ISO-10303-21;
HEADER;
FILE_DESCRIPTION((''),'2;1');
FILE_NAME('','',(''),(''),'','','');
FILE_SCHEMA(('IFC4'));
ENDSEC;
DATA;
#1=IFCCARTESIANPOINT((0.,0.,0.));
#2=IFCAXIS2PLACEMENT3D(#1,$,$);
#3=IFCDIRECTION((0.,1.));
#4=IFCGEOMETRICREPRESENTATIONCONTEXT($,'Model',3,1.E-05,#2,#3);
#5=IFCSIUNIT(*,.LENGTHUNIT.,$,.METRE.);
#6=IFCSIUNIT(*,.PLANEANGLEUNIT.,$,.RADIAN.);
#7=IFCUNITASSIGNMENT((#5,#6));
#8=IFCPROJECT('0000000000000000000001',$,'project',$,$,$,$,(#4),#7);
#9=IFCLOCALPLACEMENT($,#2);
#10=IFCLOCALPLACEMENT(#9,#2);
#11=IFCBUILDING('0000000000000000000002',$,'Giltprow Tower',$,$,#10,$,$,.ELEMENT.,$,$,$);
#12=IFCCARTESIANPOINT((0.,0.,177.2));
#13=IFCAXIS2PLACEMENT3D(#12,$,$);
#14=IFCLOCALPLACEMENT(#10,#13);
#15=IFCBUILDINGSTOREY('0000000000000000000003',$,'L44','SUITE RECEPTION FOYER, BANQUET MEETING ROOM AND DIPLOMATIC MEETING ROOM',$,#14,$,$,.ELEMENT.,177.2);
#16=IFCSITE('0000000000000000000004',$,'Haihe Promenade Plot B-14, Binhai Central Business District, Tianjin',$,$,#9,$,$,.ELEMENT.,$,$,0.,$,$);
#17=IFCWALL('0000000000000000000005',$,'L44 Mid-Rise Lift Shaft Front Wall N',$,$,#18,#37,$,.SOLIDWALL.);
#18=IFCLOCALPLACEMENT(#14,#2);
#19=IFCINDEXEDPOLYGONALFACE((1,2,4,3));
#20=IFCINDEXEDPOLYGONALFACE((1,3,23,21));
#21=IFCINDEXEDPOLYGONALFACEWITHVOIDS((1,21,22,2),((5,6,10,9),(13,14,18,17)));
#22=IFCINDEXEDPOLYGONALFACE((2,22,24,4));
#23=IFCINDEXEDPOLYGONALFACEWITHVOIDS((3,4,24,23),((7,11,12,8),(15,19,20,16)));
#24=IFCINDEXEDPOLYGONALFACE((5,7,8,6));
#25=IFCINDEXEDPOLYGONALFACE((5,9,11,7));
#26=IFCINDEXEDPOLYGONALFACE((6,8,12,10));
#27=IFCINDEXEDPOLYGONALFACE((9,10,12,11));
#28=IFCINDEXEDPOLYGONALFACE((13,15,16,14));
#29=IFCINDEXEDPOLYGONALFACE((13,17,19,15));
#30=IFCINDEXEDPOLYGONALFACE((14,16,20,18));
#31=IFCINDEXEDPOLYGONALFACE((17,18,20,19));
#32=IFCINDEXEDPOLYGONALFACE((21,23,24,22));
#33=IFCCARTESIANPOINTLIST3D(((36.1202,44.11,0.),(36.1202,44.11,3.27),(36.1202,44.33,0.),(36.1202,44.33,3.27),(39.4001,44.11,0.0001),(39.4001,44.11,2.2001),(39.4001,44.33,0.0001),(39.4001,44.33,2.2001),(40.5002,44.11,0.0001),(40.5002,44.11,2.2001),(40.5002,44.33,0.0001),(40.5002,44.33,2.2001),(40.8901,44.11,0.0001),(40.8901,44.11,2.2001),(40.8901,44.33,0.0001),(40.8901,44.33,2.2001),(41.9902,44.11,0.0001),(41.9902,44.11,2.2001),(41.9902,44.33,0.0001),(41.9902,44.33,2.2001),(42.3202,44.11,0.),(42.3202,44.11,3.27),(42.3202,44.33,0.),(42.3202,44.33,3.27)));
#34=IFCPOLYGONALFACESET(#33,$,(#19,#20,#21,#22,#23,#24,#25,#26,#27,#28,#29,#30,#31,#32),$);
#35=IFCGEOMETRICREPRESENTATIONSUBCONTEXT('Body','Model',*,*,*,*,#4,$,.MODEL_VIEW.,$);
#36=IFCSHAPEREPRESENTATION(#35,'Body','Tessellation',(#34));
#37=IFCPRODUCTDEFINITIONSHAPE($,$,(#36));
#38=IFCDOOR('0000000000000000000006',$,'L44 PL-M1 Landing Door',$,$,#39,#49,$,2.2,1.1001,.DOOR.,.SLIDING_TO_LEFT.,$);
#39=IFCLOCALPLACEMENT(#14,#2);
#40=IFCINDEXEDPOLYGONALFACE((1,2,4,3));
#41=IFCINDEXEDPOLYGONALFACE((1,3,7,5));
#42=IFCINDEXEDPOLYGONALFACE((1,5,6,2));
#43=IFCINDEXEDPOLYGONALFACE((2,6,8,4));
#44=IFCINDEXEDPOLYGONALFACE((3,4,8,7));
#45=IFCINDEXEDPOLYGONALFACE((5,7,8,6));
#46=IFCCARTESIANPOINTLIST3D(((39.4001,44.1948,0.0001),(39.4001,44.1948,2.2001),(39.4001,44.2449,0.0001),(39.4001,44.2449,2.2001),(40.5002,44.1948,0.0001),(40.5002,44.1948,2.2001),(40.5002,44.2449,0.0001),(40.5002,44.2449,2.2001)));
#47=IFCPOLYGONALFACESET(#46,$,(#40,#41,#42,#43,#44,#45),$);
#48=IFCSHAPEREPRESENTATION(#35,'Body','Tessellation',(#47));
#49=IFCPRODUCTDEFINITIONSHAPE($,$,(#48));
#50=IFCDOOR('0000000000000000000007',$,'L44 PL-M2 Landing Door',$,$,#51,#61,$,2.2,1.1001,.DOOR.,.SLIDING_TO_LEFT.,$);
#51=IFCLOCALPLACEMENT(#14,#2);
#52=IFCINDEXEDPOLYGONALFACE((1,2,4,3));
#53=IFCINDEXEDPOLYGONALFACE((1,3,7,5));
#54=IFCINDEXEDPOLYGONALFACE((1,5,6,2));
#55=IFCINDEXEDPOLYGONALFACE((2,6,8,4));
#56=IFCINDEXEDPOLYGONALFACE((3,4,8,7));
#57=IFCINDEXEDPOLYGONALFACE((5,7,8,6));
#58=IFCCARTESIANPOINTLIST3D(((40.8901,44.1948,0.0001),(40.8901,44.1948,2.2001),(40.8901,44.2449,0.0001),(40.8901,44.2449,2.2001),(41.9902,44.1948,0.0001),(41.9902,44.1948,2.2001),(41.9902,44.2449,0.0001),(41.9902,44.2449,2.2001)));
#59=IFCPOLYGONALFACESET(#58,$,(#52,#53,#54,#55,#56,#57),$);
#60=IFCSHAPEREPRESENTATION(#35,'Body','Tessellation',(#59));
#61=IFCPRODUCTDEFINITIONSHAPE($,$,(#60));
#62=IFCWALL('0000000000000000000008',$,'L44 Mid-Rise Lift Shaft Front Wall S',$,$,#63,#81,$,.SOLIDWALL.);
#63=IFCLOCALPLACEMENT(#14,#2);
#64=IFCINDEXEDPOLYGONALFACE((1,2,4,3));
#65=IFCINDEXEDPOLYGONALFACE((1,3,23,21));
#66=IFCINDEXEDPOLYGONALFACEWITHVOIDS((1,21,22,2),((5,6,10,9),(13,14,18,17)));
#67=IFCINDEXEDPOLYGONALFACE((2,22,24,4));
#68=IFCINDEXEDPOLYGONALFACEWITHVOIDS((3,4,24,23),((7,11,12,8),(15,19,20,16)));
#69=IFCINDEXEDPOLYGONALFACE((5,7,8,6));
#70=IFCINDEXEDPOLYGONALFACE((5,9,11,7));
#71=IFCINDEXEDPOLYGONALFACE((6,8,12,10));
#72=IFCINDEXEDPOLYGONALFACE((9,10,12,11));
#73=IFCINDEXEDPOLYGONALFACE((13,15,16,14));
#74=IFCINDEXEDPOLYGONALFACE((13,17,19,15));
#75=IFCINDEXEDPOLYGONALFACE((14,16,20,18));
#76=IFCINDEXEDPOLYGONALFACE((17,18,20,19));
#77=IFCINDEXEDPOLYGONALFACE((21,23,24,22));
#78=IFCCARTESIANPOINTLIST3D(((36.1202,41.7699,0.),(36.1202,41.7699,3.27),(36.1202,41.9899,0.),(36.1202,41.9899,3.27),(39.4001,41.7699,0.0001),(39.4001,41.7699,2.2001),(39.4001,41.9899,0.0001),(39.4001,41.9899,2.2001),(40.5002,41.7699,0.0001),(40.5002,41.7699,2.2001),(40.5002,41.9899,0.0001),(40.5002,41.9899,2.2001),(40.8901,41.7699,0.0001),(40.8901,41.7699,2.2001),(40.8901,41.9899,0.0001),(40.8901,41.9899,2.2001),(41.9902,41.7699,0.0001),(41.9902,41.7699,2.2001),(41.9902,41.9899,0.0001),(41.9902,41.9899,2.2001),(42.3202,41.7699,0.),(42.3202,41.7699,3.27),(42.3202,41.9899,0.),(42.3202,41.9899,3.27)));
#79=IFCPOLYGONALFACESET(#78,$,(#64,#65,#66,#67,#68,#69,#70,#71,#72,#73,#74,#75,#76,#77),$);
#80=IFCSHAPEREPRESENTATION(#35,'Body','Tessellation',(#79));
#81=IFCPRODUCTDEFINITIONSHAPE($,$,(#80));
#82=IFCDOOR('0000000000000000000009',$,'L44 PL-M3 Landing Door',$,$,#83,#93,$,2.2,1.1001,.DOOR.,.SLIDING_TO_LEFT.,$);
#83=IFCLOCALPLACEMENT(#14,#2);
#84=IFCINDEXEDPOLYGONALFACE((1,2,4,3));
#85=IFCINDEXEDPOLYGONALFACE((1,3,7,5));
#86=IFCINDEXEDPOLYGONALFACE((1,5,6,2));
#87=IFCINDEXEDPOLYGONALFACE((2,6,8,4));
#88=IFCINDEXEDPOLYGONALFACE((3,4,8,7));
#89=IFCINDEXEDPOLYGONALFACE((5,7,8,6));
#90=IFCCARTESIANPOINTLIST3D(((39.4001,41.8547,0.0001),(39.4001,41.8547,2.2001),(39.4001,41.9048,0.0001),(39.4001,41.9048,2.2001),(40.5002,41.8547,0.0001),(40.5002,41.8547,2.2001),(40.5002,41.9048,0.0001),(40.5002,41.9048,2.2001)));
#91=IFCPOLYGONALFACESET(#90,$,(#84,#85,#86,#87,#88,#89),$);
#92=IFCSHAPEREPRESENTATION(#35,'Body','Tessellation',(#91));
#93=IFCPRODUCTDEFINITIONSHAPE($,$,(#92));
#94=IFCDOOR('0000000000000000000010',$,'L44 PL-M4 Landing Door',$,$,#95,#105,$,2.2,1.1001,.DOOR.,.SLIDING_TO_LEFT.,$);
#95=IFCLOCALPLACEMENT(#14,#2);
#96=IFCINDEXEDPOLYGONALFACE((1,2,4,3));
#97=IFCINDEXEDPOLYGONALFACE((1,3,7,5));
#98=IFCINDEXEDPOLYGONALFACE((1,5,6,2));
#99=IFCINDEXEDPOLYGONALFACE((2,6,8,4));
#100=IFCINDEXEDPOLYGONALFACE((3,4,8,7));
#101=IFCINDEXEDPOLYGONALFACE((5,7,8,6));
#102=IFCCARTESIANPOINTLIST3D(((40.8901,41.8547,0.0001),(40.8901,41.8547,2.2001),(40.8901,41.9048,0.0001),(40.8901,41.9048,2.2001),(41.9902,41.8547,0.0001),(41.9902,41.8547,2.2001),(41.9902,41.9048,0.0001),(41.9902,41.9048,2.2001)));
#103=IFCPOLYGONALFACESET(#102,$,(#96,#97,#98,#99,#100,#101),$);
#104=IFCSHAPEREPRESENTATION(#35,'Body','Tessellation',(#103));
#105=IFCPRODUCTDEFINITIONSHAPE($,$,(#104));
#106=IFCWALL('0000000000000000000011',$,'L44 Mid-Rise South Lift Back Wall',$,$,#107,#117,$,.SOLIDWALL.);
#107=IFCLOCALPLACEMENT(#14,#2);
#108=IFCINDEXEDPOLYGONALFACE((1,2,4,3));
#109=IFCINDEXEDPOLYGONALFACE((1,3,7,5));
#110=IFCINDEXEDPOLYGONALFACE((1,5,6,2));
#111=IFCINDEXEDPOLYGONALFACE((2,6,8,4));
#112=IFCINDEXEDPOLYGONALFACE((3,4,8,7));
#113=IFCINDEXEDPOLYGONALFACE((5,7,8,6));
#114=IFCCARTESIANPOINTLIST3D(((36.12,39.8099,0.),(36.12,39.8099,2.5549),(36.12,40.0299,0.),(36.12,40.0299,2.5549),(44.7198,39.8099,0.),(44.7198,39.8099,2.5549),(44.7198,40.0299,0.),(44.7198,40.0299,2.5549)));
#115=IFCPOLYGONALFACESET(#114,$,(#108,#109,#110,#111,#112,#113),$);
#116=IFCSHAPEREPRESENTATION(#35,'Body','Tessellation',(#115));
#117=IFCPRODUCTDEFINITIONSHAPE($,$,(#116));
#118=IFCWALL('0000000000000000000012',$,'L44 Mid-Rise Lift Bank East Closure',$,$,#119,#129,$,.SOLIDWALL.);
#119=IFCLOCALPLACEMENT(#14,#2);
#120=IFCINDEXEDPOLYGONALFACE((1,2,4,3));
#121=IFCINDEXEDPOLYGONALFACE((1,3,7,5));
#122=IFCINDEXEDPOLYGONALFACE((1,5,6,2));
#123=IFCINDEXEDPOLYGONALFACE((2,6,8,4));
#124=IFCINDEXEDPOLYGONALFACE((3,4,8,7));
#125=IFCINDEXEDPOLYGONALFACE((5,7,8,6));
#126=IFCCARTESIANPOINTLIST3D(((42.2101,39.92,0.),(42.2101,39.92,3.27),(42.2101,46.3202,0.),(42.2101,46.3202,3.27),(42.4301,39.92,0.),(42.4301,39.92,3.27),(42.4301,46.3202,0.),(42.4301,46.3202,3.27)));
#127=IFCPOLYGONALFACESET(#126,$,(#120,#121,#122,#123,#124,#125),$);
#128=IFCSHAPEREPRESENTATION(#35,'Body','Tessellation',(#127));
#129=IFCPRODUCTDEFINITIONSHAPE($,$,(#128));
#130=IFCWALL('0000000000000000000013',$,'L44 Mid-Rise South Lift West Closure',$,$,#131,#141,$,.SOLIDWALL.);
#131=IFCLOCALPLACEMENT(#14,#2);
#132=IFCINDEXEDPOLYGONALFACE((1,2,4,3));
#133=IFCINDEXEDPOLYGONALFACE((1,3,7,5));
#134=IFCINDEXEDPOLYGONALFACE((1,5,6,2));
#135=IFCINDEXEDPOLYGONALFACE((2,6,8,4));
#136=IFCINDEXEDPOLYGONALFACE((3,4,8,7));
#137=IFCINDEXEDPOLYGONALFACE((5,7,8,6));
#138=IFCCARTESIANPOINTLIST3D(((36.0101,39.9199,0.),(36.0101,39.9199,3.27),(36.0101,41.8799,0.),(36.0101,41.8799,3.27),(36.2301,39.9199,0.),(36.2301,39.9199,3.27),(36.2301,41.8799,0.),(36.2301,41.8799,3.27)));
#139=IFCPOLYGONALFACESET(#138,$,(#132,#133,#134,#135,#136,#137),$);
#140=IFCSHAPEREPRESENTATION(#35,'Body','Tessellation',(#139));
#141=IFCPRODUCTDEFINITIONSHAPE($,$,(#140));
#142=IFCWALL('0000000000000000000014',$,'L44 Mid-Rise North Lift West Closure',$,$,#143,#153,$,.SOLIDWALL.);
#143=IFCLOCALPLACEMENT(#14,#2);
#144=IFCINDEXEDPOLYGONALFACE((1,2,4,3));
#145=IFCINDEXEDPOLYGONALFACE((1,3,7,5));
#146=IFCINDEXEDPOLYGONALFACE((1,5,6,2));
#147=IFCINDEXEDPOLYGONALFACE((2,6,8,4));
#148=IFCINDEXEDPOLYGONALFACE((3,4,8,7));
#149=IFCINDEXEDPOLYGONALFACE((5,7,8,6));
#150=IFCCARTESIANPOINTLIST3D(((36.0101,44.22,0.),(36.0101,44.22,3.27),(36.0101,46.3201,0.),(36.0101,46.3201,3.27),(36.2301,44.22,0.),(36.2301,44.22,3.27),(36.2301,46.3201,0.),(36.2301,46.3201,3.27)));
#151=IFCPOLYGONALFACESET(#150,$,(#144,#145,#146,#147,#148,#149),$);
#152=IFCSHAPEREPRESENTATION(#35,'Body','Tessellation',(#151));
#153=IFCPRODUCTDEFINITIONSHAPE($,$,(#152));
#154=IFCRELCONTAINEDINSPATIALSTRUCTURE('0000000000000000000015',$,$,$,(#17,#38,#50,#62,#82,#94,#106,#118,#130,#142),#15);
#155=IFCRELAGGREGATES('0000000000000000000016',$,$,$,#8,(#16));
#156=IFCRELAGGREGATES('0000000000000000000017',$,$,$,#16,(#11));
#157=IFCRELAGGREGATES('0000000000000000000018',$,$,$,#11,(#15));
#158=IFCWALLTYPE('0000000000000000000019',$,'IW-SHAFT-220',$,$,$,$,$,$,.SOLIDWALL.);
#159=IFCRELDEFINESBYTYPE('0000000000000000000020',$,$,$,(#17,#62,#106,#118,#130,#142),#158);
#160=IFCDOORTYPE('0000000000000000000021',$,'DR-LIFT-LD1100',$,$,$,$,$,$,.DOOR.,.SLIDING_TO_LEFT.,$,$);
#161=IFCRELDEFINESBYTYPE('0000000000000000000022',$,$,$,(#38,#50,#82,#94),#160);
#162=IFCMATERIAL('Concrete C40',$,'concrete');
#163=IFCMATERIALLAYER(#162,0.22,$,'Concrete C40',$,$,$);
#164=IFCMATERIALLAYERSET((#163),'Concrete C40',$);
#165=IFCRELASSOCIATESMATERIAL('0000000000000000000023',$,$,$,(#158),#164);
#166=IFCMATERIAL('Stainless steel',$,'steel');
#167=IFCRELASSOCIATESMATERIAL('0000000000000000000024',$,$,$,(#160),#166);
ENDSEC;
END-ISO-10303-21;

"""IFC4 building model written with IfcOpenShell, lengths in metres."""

from ifc_helpers import new_model, si_unit, direction, frame, frame_2d, origin, place, context, subcontext, project, spatial, rectangle, extrude, source, transform, mapped, material, layer, layer_set, type_object, element, fill, save


model = new_model("IFC4")

# Units and contexts
model_context = context("Model", 3, precision=1e-05, world=origin(), true_north=direction((0.0, 1.0)))
body_context = subcontext(model_context, "Body", "Model", "MODEL_VIEW")
ifc_project = project(units=[si_unit("LENGTHUNIT", "METRE"), si_unit("PLANEANGLEUNIT", "RADIAN")], contexts=[model_context])

# Site, building, storey
site_placement = place(None, origin())
site = spatial("IfcSite", under=ifc_project, at=site_placement, Name="Haihe Promenade Plot B-14, Binhai Central Business District, Tianjin", CompositionType="ELEMENT", RefElevation=0.0)
building_placement = place(site_placement, origin())
building = spatial("IfcBuilding", under=site, at=building_placement, Name="Giltprow Tower", CompositionType="ELEMENT")
storey_placement = place(building_placement, frame((0.0, 0.0, 177.2)))
storey = spatial("IfcBuildingStorey", under=building, at=storey_placement, Name="L44", Description="SUITE RECEPTION FOYER, BANQUET MEETING ROOM AND DIPLOMATIC MEETING ROOM", CompositionType="ELEMENT", Elevation=177.2)

# Shared definitions
ifc_material_1 = material(Name="Concrete C40", Category="concrete")
ifc_layer_1 = layer(ifc_material_1, 0.22, Name="Concrete C40")
ifc_layer_set_1 = layer_set([ifc_layer_1], Name="Concrete C40")
wall_type_1 = type_object("IfcWallType", Name="IW-SHAFT-220", PredefinedType="SOLIDWALL", material=ifc_layer_set_1)
ifc_material_2 = material(Name="Stainless steel", Category="steel")
door_type_1 = type_object("IfcDoorType", Name="DR-LIFT-LD1100", OperationType="SLIDING_TO_LEFT", PredefinedType="DOOR", material=ifc_material_2)
shared_shape_1 = source(origin(), body_context, "Body", "SweptSolid", [
    extrude(rectangle(XDim=1.1001, YDim=2.2, at=frame_2d((0.55, 1.1001))), frame((0.0, 0.0249, 0.0), z_axis=(0.0, -1.0, 0.0), x_axis=(1.0, 0.0, 0.0)), (0.0, 0.0, 1.0), 0.05),
])

# Walls, openings, doors
wall_1_placement = place(storey_placement, frame((36.1201, 44.22, 0.0), z_axis=(0.0, 0.0, 1.0), x_axis=(1.0, 0.0, 0.0)))
wall_1 = element("IfcWall", 1, at=wall_1_placement, inside=storey, type_object=wall_type_1, Name="L44 Mid-Rise Lift Shaft Front Wall N", PredefinedType="SOLIDWALL", context=body_context, shape_type="SweptSolid", body=[
    extrude(rectangle(XDim=6.2, YDim=0.22, at=frame_2d((3.1001, 0.0))), origin(), (0.0, 0.0, 1.0), 3.27),
])
opening_1_placement = place(wall_1_placement, frame((3.28, 0.0, 0.0)))
opening_1 = element("IfcOpeningElement", 2, at=opening_1_placement, cuts=wall_1, PredefinedType="OPENING", context=body_context, shape_type="SweptSolid", body=[
    extrude(rectangle(XDim=1.1001, YDim=2.2, at=frame_2d((0.55, 1.1001))), frame((0.0, 0.1199, 0.0), z_axis=(0.0, -1.0, 0.0), x_axis=(1.0, 0.0, 0.0)), (0.0, 0.0, 1.0), 0.24),
])
opening_2_placement = place(wall_1_placement, frame((4.77, 0.0, 0.0)))
opening_2 = element("IfcOpeningElement", 3, at=opening_2_placement, cuts=wall_1, PredefinedType="OPENING", context=body_context, shape_type="SweptSolid", body=[
    extrude(rectangle(XDim=1.1001, YDim=2.2, at=frame_2d((0.55, 1.1001))), frame((0.0, 0.1199, 0.0), z_axis=(0.0, -1.0, 0.0), x_axis=(1.0, 0.0, 0.0)), (0.0, 0.0, 1.0), 0.24),
])
door_1_placement = place(opening_1_placement, origin())
door_1 = element("IfcDoor", 4, at=door_1_placement, inside=storey, type_object=door_type_1, Name="L44 PL-M1 Landing Door", OperationType="SLIDING_TO_LEFT", OverallHeight=2.2, OverallWidth=1.1001, PredefinedType="DOOR", context=body_context, shape_type="MappedRepresentation", body=[
    mapped(shared_shape_1, transform((0.0, 0.0, 0.0), x_axis=(1.0, 0.0, 0.0), y_axis=(0.0, 1.0, 0.0), z_axis=(0.0, 0.0, 1.0), scale=1.0)),
])
fill(opening_1, door_1)
door_2_placement = place(opening_2_placement, origin())
door_2 = element("IfcDoor", 5, at=door_2_placement, inside=storey, type_object=door_type_1, Name="L44 PL-M2 Landing Door", OperationType="SLIDING_TO_LEFT", OverallHeight=2.2, OverallWidth=1.1001, PredefinedType="DOOR", context=body_context, shape_type="MappedRepresentation", body=[
    mapped(shared_shape_1, transform((0.0, 0.0, 0.0), x_axis=(1.0, 0.0, 0.0), y_axis=(0.0, 1.0, 0.0), z_axis=(0.0, 0.0, 1.0), scale=1.0)),
])
fill(opening_2, door_2)
wall_2_placement = place(storey_placement, frame((36.1201, 41.8799, 0.0), z_axis=(0.0, 0.0, 1.0), x_axis=(1.0, 0.0, 0.0)))
wall_2 = element("IfcWall", 6, at=wall_2_placement, inside=storey, type_object=wall_type_1, Name="L44 Mid-Rise Lift Shaft Front Wall S", PredefinedType="SOLIDWALL", context=body_context, shape_type="SweptSolid", body=[
    extrude(rectangle(XDim=6.2, YDim=0.22, at=frame_2d((3.1001, 0.0))), origin(), (0.0, 0.0, 1.0), 3.27),
])
opening_3_placement = place(wall_2_placement, frame((3.28, 0.0, 0.0)))
opening_3 = element("IfcOpeningElement", 7, at=opening_3_placement, cuts=wall_2, PredefinedType="OPENING", context=body_context, shape_type="SweptSolid", body=[
    extrude(rectangle(XDim=1.1001, YDim=2.2, at=frame_2d((0.55, 1.1001))), frame((0.0, 0.1199, 0.0), z_axis=(0.0, -1.0, 0.0), x_axis=(1.0, 0.0, 0.0)), (0.0, 0.0, 1.0), 0.24),
])
opening_4_placement = place(wall_2_placement, frame((4.77, 0.0, 0.0)))
opening_4 = element("IfcOpeningElement", 8, at=opening_4_placement, cuts=wall_2, PredefinedType="OPENING", context=body_context, shape_type="SweptSolid", body=[
    extrude(rectangle(XDim=1.1001, YDim=2.2, at=frame_2d((0.55, 1.1001))), frame((0.0, 0.1199, 0.0), z_axis=(0.0, -1.0, 0.0), x_axis=(1.0, 0.0, 0.0)), (0.0, 0.0, 1.0), 0.24),
])
door_3_placement = place(opening_3_placement, origin())
door_3 = element("IfcDoor", 9, at=door_3_placement, inside=storey, type_object=door_type_1, Name="L44 PL-M3 Landing Door", OperationType="SLIDING_TO_LEFT", OverallHeight=2.2, OverallWidth=1.1001, PredefinedType="DOOR", context=body_context, shape_type="MappedRepresentation", body=[
    mapped(shared_shape_1, transform((0.0, 0.0, 0.0), x_axis=(1.0, 0.0, 0.0), y_axis=(0.0, 1.0, 0.0), z_axis=(0.0, 0.0, 1.0), scale=1.0)),
])
fill(opening_3, door_3)
door_4_placement = place(opening_4_placement, origin())
door_4 = element("IfcDoor", 10, at=door_4_placement, inside=storey, type_object=door_type_1, Name="L44 PL-M4 Landing Door", OperationType="SLIDING_TO_LEFT", OverallHeight=2.2, OverallWidth=1.1001, PredefinedType="DOOR", context=body_context, shape_type="MappedRepresentation", body=[
    mapped(shared_shape_1, transform((0.0, 0.0, 0.0), x_axis=(1.0, 0.0, 0.0), y_axis=(0.0, 1.0, 0.0), z_axis=(0.0, 0.0, 1.0), scale=1.0)),
])
fill(opening_4, door_4)

# Walls
wall_3_placement = place(storey_placement, frame((36.1201, 39.9199, 0.0), z_axis=(0.0, 0.0, 1.0), x_axis=(1.0, 0.0, 0.0)))
element("IfcWall", 11, at=wall_3_placement, inside=storey, type_object=wall_type_1, Name="L44 Mid-Rise South Lift Back Wall", PredefinedType="SOLIDWALL", context=body_context, shape_type="SweptSolid", body=[
    extrude(rectangle(XDim=8.5999, YDim=0.22, at=frame_2d((4.2998, 0.0))), origin(), (0.0, 0.0, 1.0), 2.5549),
])
wall_4_placement = place(storey_placement, frame((42.3201, 39.9199, 0.0), z_axis=(0.0, 0.0, 1.0), x_axis=(0.0, 1.0, 0.0)))
element("IfcWall", 12, at=wall_4_placement, inside=storey, type_object=wall_type_1, Name="L44 Mid-Rise Lift Bank East Closure", PredefinedType="SOLIDWALL", context=body_context, shape_type="SweptSolid", body=[
    extrude(rectangle(XDim=6.4001, YDim=0.22, at=frame_2d((3.2002, 0.0))), origin(), (0.0, 0.0, 1.0), 3.27),
])
wall_5_placement = place(storey_placement, frame((36.1201, 39.9199, 0.0), z_axis=(0.0, 0.0, 1.0), x_axis=(0.0, 1.0, 0.0)))
element("IfcWall", 13, at=wall_5_placement, inside=storey, type_object=wall_type_1, Name="L44 Mid-Rise South Lift West Closure", PredefinedType="SOLIDWALL", context=body_context, shape_type="SweptSolid", body=[
    extrude(rectangle(XDim=1.96, YDim=0.22, at=frame_2d((0.98, 0.0))), origin(), (0.0, 0.0, 1.0), 3.27),
])
wall_6_placement = place(storey_placement, frame((36.1201, 44.22, 0.0), z_axis=(0.0, 0.0, 1.0), x_axis=(0.0, 1.0, 0.0)))
element("IfcWall", 14, at=wall_6_placement, inside=storey, type_object=wall_type_1, Name="L44 Mid-Rise North Lift West Closure", PredefinedType="SOLIDWALL", context=body_context, shape_type="SweptSolid", body=[
    extrude(rectangle(XDim=2.1001, YDim=0.22, at=frame_2d((1.05, 0.0))), origin(), (0.0, 0.0, 1.0), 3.27),
])

save(model, "model.ifc")
